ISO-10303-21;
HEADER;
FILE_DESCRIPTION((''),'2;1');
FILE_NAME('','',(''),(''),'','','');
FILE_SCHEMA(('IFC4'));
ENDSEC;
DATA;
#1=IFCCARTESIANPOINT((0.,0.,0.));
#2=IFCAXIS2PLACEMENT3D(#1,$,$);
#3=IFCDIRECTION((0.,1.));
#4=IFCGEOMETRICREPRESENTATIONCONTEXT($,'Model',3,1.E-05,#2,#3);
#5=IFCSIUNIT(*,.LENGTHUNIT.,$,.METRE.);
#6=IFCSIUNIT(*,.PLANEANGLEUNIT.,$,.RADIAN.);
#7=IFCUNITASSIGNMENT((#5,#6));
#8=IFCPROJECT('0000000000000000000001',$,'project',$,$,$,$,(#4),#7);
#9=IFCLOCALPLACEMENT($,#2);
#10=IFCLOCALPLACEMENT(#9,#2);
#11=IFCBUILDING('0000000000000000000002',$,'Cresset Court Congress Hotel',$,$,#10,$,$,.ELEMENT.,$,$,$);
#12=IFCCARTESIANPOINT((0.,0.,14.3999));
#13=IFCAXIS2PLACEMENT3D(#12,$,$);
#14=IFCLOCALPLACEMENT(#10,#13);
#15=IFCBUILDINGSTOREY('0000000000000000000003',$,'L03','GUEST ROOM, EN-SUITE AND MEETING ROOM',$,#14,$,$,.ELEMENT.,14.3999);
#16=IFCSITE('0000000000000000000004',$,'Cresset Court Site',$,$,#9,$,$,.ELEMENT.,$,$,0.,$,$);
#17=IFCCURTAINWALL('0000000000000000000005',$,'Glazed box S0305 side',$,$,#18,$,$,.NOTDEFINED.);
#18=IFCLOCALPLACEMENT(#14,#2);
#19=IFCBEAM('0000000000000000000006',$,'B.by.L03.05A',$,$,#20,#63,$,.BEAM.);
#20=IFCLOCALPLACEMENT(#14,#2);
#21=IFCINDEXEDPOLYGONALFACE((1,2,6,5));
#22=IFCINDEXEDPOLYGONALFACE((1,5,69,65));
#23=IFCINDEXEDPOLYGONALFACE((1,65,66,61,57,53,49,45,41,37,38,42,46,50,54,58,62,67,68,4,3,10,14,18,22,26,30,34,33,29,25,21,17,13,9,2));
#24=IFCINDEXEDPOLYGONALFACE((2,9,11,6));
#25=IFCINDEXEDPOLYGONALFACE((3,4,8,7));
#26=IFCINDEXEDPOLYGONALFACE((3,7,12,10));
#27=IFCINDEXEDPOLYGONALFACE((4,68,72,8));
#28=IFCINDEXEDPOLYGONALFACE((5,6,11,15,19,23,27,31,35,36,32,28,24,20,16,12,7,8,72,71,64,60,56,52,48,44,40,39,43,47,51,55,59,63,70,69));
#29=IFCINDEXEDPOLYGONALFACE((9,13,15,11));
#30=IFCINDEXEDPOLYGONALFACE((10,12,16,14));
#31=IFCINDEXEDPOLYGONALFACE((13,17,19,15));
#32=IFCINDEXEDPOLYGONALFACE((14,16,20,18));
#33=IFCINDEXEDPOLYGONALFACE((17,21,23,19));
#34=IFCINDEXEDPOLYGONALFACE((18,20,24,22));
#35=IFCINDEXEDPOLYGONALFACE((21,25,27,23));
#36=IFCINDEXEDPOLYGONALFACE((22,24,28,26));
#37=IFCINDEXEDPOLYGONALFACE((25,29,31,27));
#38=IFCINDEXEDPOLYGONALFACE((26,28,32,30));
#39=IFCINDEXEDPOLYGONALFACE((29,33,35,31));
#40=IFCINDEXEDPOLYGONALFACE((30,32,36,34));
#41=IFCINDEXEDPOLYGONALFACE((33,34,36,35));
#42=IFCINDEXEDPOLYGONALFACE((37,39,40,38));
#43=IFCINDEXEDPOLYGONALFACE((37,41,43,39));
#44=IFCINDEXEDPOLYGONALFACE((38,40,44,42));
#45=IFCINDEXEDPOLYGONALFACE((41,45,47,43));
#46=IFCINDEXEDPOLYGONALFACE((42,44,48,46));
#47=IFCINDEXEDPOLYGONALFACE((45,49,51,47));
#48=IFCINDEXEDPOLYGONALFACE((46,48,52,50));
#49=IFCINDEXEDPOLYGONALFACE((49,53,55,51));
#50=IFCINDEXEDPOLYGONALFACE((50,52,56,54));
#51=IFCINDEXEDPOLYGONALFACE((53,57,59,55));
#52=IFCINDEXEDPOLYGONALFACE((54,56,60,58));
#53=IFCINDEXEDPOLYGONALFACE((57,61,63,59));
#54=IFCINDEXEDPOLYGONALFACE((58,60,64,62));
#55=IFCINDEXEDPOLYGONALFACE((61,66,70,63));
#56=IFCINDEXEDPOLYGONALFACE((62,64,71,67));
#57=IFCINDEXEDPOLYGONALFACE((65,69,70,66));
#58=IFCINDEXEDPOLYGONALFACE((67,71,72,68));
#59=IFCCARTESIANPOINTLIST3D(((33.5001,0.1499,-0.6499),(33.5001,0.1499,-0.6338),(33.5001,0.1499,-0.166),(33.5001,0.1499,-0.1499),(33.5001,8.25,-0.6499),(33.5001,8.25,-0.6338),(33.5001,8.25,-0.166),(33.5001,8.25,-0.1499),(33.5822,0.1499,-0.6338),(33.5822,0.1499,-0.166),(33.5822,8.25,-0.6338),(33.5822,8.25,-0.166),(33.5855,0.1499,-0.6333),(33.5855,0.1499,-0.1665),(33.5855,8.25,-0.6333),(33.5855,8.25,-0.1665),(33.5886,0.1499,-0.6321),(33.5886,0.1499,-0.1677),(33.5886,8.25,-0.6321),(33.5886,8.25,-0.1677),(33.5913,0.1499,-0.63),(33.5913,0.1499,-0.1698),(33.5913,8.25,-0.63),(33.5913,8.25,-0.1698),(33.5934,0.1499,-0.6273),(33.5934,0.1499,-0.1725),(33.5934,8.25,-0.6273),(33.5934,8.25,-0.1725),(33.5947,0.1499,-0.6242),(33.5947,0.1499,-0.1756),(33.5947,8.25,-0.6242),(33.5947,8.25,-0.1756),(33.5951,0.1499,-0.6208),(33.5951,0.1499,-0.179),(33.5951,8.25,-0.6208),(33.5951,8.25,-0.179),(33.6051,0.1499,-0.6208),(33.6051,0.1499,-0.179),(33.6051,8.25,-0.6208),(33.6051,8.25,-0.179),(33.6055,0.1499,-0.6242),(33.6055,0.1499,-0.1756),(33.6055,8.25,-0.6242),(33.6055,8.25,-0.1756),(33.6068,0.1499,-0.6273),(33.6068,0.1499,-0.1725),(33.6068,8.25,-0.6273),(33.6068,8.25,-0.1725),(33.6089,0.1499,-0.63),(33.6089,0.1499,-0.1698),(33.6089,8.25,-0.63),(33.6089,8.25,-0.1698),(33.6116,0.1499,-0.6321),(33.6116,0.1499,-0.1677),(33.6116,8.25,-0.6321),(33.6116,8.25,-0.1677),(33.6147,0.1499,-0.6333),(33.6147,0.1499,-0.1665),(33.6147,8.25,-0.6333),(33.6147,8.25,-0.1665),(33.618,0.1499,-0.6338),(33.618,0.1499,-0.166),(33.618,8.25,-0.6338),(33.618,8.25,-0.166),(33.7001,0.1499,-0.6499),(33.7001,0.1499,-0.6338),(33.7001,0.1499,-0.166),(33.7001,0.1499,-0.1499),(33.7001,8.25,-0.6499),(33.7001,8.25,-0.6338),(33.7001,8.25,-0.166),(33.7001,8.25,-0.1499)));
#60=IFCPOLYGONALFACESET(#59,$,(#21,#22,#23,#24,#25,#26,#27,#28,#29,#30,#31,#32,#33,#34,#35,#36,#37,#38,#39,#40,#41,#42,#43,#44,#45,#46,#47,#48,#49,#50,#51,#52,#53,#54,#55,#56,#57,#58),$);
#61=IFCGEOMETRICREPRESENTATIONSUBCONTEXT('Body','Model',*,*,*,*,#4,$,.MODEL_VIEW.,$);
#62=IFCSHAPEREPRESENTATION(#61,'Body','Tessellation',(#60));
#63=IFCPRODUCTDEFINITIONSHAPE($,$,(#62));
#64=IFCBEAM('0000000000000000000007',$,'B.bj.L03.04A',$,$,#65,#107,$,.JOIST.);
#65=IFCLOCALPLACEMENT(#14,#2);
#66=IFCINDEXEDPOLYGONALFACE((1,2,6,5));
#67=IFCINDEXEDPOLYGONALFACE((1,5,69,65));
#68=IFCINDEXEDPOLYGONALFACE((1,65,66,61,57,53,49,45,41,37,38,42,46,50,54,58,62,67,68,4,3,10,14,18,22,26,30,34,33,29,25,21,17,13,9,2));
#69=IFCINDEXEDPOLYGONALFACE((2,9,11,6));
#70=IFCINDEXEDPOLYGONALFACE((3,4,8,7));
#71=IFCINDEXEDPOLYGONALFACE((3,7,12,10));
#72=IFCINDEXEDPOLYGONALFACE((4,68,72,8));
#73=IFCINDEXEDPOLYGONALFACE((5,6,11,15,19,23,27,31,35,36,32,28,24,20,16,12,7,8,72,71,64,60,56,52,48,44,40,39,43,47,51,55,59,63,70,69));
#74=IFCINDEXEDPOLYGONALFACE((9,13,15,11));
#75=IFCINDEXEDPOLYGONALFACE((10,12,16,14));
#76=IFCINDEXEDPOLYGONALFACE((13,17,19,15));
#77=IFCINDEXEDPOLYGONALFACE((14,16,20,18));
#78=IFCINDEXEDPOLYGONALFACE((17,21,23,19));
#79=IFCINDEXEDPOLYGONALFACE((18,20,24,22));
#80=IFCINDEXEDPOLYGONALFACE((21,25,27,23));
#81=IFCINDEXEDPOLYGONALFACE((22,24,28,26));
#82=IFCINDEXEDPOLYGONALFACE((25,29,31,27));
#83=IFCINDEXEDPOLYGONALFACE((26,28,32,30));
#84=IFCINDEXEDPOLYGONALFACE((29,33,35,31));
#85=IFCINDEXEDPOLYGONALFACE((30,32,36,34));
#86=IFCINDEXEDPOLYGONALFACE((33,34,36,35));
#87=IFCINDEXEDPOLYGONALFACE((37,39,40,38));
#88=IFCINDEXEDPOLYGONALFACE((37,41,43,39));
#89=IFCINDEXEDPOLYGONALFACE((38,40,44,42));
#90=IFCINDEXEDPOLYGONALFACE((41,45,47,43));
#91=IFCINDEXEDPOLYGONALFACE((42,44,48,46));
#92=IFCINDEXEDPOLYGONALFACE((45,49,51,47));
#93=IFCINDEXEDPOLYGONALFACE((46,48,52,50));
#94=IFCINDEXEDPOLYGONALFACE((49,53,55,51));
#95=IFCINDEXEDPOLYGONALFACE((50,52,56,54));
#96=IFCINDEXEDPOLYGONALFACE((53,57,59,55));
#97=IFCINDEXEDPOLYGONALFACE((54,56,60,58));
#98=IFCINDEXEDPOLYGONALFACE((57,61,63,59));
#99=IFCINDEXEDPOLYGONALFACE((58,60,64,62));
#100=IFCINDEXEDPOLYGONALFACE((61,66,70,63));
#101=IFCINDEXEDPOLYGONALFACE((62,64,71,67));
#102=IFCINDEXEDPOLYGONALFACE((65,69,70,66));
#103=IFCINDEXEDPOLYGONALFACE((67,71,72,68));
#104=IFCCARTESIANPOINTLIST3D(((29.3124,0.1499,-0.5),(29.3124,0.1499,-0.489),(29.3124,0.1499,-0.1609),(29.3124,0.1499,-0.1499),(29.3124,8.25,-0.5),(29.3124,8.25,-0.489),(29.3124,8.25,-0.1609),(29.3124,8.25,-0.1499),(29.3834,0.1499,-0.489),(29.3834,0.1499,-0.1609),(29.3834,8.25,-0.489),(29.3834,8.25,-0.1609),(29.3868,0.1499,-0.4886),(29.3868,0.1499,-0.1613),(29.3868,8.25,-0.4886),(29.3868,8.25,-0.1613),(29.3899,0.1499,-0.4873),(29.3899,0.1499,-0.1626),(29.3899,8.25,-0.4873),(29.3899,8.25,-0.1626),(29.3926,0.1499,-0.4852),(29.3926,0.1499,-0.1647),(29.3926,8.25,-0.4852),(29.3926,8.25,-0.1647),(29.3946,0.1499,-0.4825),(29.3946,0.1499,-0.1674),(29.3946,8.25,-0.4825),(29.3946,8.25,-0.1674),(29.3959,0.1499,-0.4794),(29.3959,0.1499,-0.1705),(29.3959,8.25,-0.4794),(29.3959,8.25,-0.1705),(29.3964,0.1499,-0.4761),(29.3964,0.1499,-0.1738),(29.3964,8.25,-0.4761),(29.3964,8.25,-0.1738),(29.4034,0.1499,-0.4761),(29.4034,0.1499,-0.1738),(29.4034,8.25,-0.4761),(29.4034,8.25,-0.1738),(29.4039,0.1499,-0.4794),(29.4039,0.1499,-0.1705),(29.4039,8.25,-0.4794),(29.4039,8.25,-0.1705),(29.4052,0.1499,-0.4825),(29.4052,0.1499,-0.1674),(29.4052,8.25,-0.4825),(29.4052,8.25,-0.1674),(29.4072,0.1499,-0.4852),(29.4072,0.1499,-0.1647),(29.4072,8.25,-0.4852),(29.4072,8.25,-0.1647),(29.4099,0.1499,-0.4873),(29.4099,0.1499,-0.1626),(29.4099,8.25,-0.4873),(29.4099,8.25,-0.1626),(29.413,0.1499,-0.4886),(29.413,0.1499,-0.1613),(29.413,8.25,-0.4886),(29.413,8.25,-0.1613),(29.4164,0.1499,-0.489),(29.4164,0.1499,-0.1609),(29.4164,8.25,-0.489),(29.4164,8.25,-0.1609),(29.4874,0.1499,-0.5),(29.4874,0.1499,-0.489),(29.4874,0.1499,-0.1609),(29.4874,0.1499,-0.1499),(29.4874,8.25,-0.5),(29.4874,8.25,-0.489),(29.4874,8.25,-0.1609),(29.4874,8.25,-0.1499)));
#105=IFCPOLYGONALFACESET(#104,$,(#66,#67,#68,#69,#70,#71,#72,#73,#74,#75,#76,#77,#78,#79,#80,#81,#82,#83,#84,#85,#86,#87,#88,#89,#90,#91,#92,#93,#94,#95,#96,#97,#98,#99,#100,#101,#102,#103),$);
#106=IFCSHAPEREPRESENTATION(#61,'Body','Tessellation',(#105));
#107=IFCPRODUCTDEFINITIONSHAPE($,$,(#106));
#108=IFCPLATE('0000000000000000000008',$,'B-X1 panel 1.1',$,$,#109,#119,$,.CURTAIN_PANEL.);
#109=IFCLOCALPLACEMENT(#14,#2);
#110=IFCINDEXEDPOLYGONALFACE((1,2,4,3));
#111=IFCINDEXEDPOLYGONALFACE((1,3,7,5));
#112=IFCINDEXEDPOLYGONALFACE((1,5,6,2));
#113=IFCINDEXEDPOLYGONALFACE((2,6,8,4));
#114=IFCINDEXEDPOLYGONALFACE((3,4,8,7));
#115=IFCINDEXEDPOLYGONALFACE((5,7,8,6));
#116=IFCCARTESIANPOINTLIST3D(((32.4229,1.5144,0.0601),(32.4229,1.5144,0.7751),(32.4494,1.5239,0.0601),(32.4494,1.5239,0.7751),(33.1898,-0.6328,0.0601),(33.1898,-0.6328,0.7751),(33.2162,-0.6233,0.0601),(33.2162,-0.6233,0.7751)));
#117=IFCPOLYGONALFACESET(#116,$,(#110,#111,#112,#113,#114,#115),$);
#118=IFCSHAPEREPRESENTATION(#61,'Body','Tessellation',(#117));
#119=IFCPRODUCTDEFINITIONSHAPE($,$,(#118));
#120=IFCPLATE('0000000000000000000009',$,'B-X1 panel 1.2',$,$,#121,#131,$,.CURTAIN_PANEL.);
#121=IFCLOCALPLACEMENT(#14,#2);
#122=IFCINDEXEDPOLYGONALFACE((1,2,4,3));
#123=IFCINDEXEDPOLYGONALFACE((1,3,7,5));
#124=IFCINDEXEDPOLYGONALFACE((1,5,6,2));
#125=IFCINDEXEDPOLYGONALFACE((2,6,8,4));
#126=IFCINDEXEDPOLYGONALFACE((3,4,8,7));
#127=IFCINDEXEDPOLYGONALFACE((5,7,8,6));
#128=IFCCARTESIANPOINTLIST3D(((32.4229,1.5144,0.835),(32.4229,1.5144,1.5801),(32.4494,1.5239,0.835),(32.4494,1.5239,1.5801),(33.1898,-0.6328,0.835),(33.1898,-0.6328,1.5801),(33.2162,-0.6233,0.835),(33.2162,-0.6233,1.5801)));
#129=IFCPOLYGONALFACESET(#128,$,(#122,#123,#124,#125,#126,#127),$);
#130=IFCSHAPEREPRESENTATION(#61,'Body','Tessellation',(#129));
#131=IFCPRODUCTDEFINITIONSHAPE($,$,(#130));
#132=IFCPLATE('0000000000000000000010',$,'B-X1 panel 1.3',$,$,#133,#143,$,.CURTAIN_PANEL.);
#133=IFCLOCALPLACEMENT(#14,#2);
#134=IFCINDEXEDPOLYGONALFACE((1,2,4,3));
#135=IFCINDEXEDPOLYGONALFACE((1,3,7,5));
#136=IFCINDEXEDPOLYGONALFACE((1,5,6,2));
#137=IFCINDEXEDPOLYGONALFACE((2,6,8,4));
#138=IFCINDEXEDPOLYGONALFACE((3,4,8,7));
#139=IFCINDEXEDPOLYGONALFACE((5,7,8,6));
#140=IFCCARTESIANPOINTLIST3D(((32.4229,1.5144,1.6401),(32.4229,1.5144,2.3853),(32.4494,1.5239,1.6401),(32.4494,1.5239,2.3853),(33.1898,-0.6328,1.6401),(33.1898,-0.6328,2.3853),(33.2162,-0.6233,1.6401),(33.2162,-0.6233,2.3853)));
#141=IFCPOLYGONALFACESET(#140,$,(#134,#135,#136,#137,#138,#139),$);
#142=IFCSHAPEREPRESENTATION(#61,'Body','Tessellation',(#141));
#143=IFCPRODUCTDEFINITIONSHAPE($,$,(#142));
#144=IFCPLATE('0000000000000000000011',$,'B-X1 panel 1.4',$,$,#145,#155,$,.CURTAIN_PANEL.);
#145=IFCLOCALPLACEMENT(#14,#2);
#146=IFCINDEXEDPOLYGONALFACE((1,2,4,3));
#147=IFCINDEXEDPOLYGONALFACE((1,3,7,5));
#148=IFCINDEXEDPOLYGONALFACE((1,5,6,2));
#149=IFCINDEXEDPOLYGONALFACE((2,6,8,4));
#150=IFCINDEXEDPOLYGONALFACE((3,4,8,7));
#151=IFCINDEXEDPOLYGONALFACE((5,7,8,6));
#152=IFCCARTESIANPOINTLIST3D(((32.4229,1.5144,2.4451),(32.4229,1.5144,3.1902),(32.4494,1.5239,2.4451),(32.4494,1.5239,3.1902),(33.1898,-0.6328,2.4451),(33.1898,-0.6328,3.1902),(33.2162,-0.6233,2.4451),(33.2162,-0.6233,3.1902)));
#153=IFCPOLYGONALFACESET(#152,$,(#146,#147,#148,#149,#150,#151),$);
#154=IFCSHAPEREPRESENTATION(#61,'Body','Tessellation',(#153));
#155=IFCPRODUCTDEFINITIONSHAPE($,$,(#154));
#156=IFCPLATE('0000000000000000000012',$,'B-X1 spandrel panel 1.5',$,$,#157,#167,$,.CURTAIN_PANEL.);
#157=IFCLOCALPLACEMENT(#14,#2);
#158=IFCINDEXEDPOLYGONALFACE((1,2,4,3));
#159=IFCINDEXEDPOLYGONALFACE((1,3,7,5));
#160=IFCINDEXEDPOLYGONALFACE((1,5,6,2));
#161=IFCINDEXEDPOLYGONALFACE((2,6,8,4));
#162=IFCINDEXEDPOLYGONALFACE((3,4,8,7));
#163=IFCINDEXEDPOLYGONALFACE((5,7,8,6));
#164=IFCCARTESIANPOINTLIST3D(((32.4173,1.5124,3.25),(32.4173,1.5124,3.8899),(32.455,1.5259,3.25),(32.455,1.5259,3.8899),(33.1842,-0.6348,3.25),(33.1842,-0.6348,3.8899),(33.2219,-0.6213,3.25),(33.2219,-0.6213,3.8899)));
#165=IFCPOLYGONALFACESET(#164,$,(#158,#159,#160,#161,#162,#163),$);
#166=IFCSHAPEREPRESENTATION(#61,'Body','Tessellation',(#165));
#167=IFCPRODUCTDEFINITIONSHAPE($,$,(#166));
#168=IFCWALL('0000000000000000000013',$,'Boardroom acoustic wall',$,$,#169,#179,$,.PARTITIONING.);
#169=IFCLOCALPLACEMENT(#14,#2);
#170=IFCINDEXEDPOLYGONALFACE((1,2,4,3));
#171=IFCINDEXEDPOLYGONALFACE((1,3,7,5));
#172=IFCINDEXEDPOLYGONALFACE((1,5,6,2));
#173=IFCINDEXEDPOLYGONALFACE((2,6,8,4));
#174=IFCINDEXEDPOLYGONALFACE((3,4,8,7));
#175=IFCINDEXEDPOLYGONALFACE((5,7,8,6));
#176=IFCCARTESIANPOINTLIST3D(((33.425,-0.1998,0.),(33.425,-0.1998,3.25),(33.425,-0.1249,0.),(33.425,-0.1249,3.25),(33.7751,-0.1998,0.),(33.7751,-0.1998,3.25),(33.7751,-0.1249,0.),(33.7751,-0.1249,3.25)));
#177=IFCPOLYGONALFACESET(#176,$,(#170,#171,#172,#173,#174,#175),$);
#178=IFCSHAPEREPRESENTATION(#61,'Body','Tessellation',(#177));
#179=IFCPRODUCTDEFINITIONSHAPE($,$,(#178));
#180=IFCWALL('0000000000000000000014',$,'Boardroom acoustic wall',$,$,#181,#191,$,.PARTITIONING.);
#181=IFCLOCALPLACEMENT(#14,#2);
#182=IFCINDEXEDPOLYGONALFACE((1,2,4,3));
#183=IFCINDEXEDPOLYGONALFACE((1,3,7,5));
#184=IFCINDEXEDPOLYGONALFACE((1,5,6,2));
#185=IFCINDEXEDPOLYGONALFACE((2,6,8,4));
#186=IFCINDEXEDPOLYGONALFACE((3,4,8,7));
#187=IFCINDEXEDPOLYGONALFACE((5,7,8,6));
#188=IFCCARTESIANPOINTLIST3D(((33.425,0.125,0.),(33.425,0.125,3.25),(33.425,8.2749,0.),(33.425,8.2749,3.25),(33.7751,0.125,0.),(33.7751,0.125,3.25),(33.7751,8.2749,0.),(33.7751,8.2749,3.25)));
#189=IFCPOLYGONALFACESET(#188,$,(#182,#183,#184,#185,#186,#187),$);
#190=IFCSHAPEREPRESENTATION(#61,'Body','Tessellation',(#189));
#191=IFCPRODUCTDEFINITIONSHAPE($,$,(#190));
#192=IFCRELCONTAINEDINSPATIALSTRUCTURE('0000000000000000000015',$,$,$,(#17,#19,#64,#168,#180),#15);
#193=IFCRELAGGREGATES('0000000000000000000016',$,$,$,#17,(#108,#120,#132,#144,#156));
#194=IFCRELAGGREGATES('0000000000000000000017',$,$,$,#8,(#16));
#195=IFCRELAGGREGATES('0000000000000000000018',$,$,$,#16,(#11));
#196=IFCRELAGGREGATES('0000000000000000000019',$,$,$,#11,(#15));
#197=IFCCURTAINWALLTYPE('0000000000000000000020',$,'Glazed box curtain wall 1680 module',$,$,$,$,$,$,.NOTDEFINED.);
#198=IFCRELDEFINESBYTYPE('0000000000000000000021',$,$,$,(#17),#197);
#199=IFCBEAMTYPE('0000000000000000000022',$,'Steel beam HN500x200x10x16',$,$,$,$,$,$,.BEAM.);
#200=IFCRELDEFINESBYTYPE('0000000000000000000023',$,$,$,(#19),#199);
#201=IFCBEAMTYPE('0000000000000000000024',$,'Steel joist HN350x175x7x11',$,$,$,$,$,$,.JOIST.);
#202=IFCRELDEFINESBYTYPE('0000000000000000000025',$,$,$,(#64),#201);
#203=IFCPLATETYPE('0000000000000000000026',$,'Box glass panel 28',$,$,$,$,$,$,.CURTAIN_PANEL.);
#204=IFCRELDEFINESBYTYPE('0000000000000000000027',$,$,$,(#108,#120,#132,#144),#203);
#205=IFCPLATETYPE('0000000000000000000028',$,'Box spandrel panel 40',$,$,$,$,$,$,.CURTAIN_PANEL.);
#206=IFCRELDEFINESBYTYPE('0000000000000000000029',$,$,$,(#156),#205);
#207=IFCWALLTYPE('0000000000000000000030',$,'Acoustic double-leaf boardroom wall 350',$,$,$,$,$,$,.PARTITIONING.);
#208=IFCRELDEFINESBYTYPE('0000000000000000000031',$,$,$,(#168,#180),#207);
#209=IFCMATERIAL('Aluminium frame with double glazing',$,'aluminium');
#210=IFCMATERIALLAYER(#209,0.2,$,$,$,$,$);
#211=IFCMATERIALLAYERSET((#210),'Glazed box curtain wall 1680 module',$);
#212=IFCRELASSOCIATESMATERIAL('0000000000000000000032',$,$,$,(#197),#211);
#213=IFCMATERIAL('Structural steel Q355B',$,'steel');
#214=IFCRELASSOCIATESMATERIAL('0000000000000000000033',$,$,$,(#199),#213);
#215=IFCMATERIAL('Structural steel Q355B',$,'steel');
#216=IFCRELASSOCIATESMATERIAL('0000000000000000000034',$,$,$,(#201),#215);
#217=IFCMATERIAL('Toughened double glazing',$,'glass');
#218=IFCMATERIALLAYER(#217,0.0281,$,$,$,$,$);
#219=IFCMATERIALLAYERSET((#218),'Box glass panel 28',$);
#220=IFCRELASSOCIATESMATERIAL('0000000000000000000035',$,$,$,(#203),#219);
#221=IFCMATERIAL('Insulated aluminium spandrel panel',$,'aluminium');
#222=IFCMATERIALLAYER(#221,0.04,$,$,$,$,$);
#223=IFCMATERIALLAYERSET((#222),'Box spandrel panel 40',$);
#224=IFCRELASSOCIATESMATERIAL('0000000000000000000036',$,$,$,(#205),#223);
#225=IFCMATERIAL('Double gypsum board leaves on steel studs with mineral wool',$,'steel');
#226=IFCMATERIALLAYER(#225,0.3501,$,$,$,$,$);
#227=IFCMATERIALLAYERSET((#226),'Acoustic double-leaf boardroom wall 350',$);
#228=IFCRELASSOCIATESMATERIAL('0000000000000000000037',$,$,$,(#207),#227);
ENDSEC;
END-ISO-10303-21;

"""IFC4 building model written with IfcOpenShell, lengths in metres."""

from ifc_helpers import new_model, si_unit, direction, frame, frame_2d, origin, origin_2d, place, context, subcontext, project, spatial, rectangle, i_section, extrude, material, layer, layer_set, material_profile, profile_set, type_object, element, aggregate, save


model = new_model("IFC4")

# Units and contexts
model_context = context("Model", 3, precision=1e-05, world=origin(), true_north=direction((0.0, 1.0)))
body_context = subcontext(model_context, "Body", "Model", "MODEL_VIEW")
ifc_project = project(units=[si_unit("LENGTHUNIT", "METRE"), si_unit("PLANEANGLEUNIT", "RADIAN")], contexts=[model_context])

# Site, building, storey
site_placement = place(None, origin())
site = spatial("IfcSite", under=ifc_project, at=site_placement, Name="Cresset Court Site", CompositionType="ELEMENT", RefElevation=0.0)
building_placement = place(site_placement, origin())
building = spatial("IfcBuilding", under=site, at=building_placement, Name="Cresset Court Congress Hotel", CompositionType="ELEMENT")
storey_placement = place(building_placement, frame((0.0, 0.0, 14.3999)))
storey = spatial("IfcBuildingStorey", under=building, at=storey_placement, Name="L03", Description="GUEST ROOM, EN-SUITE AND MEETING ROOM", CompositionType="ELEMENT", Elevation=14.3999)

# Curtain wall
ifc_material_1 = material(Name="Aluminium frame with double glazing", Category="aluminium")
ifc_layer_1 = layer(ifc_material_1, 0.2)
ifc_layer_set_1 = layer_set([ifc_layer_1], Name="Glazed box curtain wall 1680 module")
curtain_wall_type = type_object("IfcCurtainWallType", Name="Glazed box curtain wall 1680 module", PredefinedType="NOTDEFINED", material=ifc_layer_set_1)
curtain_wall_1_placement = place(storey_placement, origin())
curtain_wall_1 = element("IfcCurtainWall", 1, at=curtain_wall_1_placement, inside=storey, type_object=curtain_wall_type, Name="Glazed box S0305 side", PredefinedType="NOTDEFINED")

# Beams
ifc_material_2 = material(Name="Structural steel Q355B", Category="steel")
ifc_material_profile_1 = material_profile(ifc_material_2, i_section(OverallWidth=0.2, OverallDepth=0.5, WebThickness=0.01, FlangeThickness=0.0161, FilletRadius=0.0129, at=origin_2d()), Name="HN500x200x10x16")
ifc_profile_set_1 = profile_set([ifc_material_profile_1], Name="Structural steel Q355B")
beam_type_1 = type_object("IfcBeamType", Name="Steel beam HN500x200x10x16", PredefinedType="BEAM", material=ifc_profile_set_1)
beam_1_placement = place(storey_placement, frame((33.6001, 0.1499, -0.3999), z_axis=(0.0, 1.0, 0.0), x_axis=(-1.0, 0.0, 0.0)))
element("IfcBeam", 2, at=beam_1_placement, inside=storey, type_object=beam_type_1, Name="B.by.L03.05A", PredefinedType="BEAM", context=body_context, shape_type="SweptSolid", body=[
    extrude(i_section(OverallWidth=0.2, OverallDepth=0.5, WebThickness=0.01, FlangeThickness=0.0161, FilletRadius=0.0129, at=origin_2d()), origin(), (0.0, 0.0, 1.0), 8.1001),
])
ifc_material_3 = material(Name="Structural steel Q355B", Category="steel")
ifc_material_profile_2 = material_profile(ifc_material_3, i_section(OverallWidth=0.175, OverallDepth=0.3501, WebThickness=0.0071, FlangeThickness=0.011, FilletRadius=0.0129, at=origin_2d()), Name="HN350x175x7x11")
ifc_profile_set_2 = profile_set([ifc_material_profile_2], Name="Structural steel Q355B")
beam_type_2 = type_object("IfcBeamType", Name="Steel joist HN350x175x7x11", PredefinedType="JOIST", material=ifc_profile_set_2)
beam_2_placement = place(storey_placement, frame((29.3999, 0.1499, -0.325), z_axis=(0.0, 1.0, 0.0), x_axis=(-1.0, 0.0, 0.0)))
element("IfcBeam", 3, at=beam_2_placement, inside=storey, type_object=beam_type_2, Name="B.bj.L03.04A", PredefinedType="JOIST", context=body_context, shape_type="SweptSolid", body=[
    extrude(i_section(OverallWidth=0.175, OverallDepth=0.3501, WebThickness=0.0071, FlangeThickness=0.011, FilletRadius=0.0129, at=origin_2d()), origin(), (0.0, 0.0, 1.0), 8.1001),
])

# Plates
ifc_material_4 = material(Name="Toughened double glazing", Category="glass")
ifc_layer_2 = layer(ifc_material_4, 0.0281)
ifc_layer_set_2 = layer_set([ifc_layer_2], Name="Box glass panel 28")
plate_type_1 = type_object("IfcPlateType", Name="Box glass panel 28", PredefinedType="CURTAIN_PANEL", material=ifc_layer_set_2)
plate_1_placement = place(storey_placement, frame((32.8196, 0.4456, 0.0601), z_axis=(0.0, 0.0, 1.0), x_axis=(-0.336336, 0.941742, 0.0)))
plate_1 = element("IfcPlate", 4, at=plate_1_placement, type_object=plate_type_1, Name="B-X1 panel 1.1", PredefinedType="CURTAIN_PANEL", context=body_context, shape_type="SweptSolid", body=[
    extrude(rectangle(XDim=2.28, YDim=0.0281, at=origin_2d()), origin(), (0.0, 0.0, 1.0), 0.7151),
])
plate_2_placement = place(storey_placement, frame((32.8196, 0.4456, 0.835), z_axis=(0.0, 0.0, 1.0), x_axis=(-0.336336, 0.941742, 0.0)))
plate_2 = element("IfcPlate", 5, at=plate_2_placement, type_object=plate_type_1, Name="B-X1 panel 1.2", PredefinedType="CURTAIN_PANEL", context=body_context, shape_type="SweptSolid", body=[
    extrude(rectangle(XDim=2.28, YDim=0.0281, at=origin_2d()), origin(), (0.0, 0.0, 1.0), 0.7451),
])
plate_3_placement = place(storey_placement, frame((32.8196, 0.4456, 1.6401), z_axis=(0.0, 0.0, 1.0), x_axis=(-0.336336, 0.941742, 0.0)))
plate_3 = element("IfcPlate", 6, at=plate_3_placement, type_object=plate_type_1, Name="B-X1 panel 1.3", PredefinedType="CURTAIN_PANEL", context=body_context, shape_type="SweptSolid", body=[
    extrude(rectangle(XDim=2.28, YDim=0.0281, at=origin_2d()), origin(), (0.0, 0.0, 1.0), 0.7451),
])
plate_4_placement = place(storey_placement, frame((32.8196, 0.4456, 2.4451), z_axis=(0.0, 0.0, 1.0), x_axis=(-0.336336, 0.941742, 0.0)))
plate_4 = element("IfcPlate", 7, at=plate_4_placement, type_object=plate_type_1, Name="B-X1 panel 1.4", PredefinedType="CURTAIN_PANEL", context=body_context, shape_type="SweptSolid", body=[
    extrude(rectangle(XDim=2.28, YDim=0.0281, at=origin_2d()), origin(), (0.0, 0.0, 1.0), 0.7451),
])
ifc_material_5 = material(Name="Insulated aluminium spandrel panel", Category="aluminium")
ifc_layer_3 = layer(ifc_material_5, 0.04)
ifc_layer_set_3 = layer_set([ifc_layer_3], Name="Box spandrel panel 40")
plate_type_2 = type_object("IfcPlateType", Name="Box spandrel panel 40", PredefinedType="CURTAIN_PANEL", material=ifc_layer_set_3)
plate_5_placement = place(storey_placement, frame((32.8196, 0.4456, 3.25), z_axis=(0.0, 0.0, 1.0), x_axis=(-0.336336, 0.941742, 0.0)))
plate_5 = element("IfcPlate", 8, at=plate_5_placement, type_object=plate_type_2, Name="B-X1 spandrel panel 1.5", PredefinedType="CURTAIN_PANEL", context=body_context, shape_type="SweptSolid", body=[
    extrude(rectangle(XDim=2.28, YDim=0.04, at=origin_2d()), origin(), (0.0, 0.0, 1.0), 0.6399),
])
aggregate(curtain_wall_1, [plate_1, plate_2, plate_3, plate_4, plate_5])

# Walls
ifc_material_6 = material(Name="Double gypsum board leaves on steel studs with mineral wool", Category="steel")
ifc_layer_4 = layer(ifc_material_6, 0.3501)
ifc_layer_set_4 = layer_set([ifc_layer_4], Name="Acoustic double-leaf boardroom wall 350")
wall_type_1 = type_object("IfcWallType", Name="Acoustic double-leaf boardroom wall 350", PredefinedType="PARTITIONING", material=ifc_layer_set_4)
wall_1_placement = place(storey_placement, frame((33.6001, -0.2, 0.0), z_axis=(0.0, 0.0, 1.0), x_axis=(0.0, 1.0, 0.0)))
element("IfcWall", 9, at=wall_1_placement, inside=storey, type_object=wall_type_1, Name="Boardroom acoustic wall", PredefinedType="PARTITIONING", context=body_context, shape_type="SweptSolid", body=[
    extrude(rectangle(XDim=0.075, YDim=0.3501, at=frame_2d((0.0376, 0.0))), origin(), (0.0, 0.0, 1.0), 3.25),
])
wall_2_placement = place(storey_placement, frame((33.6001, 0.125, 0.0), z_axis=(0.0, 0.0, 1.0), x_axis=(0.0, 1.0, 0.0)))
element("IfcWall", 10, at=wall_2_placement, inside=storey, type_object=wall_type_1, Name="Boardroom acoustic wall", PredefinedType="PARTITIONING", context=body_context, shape_type="SweptSolid", body=[
    extrude(rectangle(XDim=8.1499, YDim=0.3501, at=frame_2d((4.075, 0.0))), origin(), (0.0, 0.0, 1.0), 3.25),
])

save(model, "model.ifc")
